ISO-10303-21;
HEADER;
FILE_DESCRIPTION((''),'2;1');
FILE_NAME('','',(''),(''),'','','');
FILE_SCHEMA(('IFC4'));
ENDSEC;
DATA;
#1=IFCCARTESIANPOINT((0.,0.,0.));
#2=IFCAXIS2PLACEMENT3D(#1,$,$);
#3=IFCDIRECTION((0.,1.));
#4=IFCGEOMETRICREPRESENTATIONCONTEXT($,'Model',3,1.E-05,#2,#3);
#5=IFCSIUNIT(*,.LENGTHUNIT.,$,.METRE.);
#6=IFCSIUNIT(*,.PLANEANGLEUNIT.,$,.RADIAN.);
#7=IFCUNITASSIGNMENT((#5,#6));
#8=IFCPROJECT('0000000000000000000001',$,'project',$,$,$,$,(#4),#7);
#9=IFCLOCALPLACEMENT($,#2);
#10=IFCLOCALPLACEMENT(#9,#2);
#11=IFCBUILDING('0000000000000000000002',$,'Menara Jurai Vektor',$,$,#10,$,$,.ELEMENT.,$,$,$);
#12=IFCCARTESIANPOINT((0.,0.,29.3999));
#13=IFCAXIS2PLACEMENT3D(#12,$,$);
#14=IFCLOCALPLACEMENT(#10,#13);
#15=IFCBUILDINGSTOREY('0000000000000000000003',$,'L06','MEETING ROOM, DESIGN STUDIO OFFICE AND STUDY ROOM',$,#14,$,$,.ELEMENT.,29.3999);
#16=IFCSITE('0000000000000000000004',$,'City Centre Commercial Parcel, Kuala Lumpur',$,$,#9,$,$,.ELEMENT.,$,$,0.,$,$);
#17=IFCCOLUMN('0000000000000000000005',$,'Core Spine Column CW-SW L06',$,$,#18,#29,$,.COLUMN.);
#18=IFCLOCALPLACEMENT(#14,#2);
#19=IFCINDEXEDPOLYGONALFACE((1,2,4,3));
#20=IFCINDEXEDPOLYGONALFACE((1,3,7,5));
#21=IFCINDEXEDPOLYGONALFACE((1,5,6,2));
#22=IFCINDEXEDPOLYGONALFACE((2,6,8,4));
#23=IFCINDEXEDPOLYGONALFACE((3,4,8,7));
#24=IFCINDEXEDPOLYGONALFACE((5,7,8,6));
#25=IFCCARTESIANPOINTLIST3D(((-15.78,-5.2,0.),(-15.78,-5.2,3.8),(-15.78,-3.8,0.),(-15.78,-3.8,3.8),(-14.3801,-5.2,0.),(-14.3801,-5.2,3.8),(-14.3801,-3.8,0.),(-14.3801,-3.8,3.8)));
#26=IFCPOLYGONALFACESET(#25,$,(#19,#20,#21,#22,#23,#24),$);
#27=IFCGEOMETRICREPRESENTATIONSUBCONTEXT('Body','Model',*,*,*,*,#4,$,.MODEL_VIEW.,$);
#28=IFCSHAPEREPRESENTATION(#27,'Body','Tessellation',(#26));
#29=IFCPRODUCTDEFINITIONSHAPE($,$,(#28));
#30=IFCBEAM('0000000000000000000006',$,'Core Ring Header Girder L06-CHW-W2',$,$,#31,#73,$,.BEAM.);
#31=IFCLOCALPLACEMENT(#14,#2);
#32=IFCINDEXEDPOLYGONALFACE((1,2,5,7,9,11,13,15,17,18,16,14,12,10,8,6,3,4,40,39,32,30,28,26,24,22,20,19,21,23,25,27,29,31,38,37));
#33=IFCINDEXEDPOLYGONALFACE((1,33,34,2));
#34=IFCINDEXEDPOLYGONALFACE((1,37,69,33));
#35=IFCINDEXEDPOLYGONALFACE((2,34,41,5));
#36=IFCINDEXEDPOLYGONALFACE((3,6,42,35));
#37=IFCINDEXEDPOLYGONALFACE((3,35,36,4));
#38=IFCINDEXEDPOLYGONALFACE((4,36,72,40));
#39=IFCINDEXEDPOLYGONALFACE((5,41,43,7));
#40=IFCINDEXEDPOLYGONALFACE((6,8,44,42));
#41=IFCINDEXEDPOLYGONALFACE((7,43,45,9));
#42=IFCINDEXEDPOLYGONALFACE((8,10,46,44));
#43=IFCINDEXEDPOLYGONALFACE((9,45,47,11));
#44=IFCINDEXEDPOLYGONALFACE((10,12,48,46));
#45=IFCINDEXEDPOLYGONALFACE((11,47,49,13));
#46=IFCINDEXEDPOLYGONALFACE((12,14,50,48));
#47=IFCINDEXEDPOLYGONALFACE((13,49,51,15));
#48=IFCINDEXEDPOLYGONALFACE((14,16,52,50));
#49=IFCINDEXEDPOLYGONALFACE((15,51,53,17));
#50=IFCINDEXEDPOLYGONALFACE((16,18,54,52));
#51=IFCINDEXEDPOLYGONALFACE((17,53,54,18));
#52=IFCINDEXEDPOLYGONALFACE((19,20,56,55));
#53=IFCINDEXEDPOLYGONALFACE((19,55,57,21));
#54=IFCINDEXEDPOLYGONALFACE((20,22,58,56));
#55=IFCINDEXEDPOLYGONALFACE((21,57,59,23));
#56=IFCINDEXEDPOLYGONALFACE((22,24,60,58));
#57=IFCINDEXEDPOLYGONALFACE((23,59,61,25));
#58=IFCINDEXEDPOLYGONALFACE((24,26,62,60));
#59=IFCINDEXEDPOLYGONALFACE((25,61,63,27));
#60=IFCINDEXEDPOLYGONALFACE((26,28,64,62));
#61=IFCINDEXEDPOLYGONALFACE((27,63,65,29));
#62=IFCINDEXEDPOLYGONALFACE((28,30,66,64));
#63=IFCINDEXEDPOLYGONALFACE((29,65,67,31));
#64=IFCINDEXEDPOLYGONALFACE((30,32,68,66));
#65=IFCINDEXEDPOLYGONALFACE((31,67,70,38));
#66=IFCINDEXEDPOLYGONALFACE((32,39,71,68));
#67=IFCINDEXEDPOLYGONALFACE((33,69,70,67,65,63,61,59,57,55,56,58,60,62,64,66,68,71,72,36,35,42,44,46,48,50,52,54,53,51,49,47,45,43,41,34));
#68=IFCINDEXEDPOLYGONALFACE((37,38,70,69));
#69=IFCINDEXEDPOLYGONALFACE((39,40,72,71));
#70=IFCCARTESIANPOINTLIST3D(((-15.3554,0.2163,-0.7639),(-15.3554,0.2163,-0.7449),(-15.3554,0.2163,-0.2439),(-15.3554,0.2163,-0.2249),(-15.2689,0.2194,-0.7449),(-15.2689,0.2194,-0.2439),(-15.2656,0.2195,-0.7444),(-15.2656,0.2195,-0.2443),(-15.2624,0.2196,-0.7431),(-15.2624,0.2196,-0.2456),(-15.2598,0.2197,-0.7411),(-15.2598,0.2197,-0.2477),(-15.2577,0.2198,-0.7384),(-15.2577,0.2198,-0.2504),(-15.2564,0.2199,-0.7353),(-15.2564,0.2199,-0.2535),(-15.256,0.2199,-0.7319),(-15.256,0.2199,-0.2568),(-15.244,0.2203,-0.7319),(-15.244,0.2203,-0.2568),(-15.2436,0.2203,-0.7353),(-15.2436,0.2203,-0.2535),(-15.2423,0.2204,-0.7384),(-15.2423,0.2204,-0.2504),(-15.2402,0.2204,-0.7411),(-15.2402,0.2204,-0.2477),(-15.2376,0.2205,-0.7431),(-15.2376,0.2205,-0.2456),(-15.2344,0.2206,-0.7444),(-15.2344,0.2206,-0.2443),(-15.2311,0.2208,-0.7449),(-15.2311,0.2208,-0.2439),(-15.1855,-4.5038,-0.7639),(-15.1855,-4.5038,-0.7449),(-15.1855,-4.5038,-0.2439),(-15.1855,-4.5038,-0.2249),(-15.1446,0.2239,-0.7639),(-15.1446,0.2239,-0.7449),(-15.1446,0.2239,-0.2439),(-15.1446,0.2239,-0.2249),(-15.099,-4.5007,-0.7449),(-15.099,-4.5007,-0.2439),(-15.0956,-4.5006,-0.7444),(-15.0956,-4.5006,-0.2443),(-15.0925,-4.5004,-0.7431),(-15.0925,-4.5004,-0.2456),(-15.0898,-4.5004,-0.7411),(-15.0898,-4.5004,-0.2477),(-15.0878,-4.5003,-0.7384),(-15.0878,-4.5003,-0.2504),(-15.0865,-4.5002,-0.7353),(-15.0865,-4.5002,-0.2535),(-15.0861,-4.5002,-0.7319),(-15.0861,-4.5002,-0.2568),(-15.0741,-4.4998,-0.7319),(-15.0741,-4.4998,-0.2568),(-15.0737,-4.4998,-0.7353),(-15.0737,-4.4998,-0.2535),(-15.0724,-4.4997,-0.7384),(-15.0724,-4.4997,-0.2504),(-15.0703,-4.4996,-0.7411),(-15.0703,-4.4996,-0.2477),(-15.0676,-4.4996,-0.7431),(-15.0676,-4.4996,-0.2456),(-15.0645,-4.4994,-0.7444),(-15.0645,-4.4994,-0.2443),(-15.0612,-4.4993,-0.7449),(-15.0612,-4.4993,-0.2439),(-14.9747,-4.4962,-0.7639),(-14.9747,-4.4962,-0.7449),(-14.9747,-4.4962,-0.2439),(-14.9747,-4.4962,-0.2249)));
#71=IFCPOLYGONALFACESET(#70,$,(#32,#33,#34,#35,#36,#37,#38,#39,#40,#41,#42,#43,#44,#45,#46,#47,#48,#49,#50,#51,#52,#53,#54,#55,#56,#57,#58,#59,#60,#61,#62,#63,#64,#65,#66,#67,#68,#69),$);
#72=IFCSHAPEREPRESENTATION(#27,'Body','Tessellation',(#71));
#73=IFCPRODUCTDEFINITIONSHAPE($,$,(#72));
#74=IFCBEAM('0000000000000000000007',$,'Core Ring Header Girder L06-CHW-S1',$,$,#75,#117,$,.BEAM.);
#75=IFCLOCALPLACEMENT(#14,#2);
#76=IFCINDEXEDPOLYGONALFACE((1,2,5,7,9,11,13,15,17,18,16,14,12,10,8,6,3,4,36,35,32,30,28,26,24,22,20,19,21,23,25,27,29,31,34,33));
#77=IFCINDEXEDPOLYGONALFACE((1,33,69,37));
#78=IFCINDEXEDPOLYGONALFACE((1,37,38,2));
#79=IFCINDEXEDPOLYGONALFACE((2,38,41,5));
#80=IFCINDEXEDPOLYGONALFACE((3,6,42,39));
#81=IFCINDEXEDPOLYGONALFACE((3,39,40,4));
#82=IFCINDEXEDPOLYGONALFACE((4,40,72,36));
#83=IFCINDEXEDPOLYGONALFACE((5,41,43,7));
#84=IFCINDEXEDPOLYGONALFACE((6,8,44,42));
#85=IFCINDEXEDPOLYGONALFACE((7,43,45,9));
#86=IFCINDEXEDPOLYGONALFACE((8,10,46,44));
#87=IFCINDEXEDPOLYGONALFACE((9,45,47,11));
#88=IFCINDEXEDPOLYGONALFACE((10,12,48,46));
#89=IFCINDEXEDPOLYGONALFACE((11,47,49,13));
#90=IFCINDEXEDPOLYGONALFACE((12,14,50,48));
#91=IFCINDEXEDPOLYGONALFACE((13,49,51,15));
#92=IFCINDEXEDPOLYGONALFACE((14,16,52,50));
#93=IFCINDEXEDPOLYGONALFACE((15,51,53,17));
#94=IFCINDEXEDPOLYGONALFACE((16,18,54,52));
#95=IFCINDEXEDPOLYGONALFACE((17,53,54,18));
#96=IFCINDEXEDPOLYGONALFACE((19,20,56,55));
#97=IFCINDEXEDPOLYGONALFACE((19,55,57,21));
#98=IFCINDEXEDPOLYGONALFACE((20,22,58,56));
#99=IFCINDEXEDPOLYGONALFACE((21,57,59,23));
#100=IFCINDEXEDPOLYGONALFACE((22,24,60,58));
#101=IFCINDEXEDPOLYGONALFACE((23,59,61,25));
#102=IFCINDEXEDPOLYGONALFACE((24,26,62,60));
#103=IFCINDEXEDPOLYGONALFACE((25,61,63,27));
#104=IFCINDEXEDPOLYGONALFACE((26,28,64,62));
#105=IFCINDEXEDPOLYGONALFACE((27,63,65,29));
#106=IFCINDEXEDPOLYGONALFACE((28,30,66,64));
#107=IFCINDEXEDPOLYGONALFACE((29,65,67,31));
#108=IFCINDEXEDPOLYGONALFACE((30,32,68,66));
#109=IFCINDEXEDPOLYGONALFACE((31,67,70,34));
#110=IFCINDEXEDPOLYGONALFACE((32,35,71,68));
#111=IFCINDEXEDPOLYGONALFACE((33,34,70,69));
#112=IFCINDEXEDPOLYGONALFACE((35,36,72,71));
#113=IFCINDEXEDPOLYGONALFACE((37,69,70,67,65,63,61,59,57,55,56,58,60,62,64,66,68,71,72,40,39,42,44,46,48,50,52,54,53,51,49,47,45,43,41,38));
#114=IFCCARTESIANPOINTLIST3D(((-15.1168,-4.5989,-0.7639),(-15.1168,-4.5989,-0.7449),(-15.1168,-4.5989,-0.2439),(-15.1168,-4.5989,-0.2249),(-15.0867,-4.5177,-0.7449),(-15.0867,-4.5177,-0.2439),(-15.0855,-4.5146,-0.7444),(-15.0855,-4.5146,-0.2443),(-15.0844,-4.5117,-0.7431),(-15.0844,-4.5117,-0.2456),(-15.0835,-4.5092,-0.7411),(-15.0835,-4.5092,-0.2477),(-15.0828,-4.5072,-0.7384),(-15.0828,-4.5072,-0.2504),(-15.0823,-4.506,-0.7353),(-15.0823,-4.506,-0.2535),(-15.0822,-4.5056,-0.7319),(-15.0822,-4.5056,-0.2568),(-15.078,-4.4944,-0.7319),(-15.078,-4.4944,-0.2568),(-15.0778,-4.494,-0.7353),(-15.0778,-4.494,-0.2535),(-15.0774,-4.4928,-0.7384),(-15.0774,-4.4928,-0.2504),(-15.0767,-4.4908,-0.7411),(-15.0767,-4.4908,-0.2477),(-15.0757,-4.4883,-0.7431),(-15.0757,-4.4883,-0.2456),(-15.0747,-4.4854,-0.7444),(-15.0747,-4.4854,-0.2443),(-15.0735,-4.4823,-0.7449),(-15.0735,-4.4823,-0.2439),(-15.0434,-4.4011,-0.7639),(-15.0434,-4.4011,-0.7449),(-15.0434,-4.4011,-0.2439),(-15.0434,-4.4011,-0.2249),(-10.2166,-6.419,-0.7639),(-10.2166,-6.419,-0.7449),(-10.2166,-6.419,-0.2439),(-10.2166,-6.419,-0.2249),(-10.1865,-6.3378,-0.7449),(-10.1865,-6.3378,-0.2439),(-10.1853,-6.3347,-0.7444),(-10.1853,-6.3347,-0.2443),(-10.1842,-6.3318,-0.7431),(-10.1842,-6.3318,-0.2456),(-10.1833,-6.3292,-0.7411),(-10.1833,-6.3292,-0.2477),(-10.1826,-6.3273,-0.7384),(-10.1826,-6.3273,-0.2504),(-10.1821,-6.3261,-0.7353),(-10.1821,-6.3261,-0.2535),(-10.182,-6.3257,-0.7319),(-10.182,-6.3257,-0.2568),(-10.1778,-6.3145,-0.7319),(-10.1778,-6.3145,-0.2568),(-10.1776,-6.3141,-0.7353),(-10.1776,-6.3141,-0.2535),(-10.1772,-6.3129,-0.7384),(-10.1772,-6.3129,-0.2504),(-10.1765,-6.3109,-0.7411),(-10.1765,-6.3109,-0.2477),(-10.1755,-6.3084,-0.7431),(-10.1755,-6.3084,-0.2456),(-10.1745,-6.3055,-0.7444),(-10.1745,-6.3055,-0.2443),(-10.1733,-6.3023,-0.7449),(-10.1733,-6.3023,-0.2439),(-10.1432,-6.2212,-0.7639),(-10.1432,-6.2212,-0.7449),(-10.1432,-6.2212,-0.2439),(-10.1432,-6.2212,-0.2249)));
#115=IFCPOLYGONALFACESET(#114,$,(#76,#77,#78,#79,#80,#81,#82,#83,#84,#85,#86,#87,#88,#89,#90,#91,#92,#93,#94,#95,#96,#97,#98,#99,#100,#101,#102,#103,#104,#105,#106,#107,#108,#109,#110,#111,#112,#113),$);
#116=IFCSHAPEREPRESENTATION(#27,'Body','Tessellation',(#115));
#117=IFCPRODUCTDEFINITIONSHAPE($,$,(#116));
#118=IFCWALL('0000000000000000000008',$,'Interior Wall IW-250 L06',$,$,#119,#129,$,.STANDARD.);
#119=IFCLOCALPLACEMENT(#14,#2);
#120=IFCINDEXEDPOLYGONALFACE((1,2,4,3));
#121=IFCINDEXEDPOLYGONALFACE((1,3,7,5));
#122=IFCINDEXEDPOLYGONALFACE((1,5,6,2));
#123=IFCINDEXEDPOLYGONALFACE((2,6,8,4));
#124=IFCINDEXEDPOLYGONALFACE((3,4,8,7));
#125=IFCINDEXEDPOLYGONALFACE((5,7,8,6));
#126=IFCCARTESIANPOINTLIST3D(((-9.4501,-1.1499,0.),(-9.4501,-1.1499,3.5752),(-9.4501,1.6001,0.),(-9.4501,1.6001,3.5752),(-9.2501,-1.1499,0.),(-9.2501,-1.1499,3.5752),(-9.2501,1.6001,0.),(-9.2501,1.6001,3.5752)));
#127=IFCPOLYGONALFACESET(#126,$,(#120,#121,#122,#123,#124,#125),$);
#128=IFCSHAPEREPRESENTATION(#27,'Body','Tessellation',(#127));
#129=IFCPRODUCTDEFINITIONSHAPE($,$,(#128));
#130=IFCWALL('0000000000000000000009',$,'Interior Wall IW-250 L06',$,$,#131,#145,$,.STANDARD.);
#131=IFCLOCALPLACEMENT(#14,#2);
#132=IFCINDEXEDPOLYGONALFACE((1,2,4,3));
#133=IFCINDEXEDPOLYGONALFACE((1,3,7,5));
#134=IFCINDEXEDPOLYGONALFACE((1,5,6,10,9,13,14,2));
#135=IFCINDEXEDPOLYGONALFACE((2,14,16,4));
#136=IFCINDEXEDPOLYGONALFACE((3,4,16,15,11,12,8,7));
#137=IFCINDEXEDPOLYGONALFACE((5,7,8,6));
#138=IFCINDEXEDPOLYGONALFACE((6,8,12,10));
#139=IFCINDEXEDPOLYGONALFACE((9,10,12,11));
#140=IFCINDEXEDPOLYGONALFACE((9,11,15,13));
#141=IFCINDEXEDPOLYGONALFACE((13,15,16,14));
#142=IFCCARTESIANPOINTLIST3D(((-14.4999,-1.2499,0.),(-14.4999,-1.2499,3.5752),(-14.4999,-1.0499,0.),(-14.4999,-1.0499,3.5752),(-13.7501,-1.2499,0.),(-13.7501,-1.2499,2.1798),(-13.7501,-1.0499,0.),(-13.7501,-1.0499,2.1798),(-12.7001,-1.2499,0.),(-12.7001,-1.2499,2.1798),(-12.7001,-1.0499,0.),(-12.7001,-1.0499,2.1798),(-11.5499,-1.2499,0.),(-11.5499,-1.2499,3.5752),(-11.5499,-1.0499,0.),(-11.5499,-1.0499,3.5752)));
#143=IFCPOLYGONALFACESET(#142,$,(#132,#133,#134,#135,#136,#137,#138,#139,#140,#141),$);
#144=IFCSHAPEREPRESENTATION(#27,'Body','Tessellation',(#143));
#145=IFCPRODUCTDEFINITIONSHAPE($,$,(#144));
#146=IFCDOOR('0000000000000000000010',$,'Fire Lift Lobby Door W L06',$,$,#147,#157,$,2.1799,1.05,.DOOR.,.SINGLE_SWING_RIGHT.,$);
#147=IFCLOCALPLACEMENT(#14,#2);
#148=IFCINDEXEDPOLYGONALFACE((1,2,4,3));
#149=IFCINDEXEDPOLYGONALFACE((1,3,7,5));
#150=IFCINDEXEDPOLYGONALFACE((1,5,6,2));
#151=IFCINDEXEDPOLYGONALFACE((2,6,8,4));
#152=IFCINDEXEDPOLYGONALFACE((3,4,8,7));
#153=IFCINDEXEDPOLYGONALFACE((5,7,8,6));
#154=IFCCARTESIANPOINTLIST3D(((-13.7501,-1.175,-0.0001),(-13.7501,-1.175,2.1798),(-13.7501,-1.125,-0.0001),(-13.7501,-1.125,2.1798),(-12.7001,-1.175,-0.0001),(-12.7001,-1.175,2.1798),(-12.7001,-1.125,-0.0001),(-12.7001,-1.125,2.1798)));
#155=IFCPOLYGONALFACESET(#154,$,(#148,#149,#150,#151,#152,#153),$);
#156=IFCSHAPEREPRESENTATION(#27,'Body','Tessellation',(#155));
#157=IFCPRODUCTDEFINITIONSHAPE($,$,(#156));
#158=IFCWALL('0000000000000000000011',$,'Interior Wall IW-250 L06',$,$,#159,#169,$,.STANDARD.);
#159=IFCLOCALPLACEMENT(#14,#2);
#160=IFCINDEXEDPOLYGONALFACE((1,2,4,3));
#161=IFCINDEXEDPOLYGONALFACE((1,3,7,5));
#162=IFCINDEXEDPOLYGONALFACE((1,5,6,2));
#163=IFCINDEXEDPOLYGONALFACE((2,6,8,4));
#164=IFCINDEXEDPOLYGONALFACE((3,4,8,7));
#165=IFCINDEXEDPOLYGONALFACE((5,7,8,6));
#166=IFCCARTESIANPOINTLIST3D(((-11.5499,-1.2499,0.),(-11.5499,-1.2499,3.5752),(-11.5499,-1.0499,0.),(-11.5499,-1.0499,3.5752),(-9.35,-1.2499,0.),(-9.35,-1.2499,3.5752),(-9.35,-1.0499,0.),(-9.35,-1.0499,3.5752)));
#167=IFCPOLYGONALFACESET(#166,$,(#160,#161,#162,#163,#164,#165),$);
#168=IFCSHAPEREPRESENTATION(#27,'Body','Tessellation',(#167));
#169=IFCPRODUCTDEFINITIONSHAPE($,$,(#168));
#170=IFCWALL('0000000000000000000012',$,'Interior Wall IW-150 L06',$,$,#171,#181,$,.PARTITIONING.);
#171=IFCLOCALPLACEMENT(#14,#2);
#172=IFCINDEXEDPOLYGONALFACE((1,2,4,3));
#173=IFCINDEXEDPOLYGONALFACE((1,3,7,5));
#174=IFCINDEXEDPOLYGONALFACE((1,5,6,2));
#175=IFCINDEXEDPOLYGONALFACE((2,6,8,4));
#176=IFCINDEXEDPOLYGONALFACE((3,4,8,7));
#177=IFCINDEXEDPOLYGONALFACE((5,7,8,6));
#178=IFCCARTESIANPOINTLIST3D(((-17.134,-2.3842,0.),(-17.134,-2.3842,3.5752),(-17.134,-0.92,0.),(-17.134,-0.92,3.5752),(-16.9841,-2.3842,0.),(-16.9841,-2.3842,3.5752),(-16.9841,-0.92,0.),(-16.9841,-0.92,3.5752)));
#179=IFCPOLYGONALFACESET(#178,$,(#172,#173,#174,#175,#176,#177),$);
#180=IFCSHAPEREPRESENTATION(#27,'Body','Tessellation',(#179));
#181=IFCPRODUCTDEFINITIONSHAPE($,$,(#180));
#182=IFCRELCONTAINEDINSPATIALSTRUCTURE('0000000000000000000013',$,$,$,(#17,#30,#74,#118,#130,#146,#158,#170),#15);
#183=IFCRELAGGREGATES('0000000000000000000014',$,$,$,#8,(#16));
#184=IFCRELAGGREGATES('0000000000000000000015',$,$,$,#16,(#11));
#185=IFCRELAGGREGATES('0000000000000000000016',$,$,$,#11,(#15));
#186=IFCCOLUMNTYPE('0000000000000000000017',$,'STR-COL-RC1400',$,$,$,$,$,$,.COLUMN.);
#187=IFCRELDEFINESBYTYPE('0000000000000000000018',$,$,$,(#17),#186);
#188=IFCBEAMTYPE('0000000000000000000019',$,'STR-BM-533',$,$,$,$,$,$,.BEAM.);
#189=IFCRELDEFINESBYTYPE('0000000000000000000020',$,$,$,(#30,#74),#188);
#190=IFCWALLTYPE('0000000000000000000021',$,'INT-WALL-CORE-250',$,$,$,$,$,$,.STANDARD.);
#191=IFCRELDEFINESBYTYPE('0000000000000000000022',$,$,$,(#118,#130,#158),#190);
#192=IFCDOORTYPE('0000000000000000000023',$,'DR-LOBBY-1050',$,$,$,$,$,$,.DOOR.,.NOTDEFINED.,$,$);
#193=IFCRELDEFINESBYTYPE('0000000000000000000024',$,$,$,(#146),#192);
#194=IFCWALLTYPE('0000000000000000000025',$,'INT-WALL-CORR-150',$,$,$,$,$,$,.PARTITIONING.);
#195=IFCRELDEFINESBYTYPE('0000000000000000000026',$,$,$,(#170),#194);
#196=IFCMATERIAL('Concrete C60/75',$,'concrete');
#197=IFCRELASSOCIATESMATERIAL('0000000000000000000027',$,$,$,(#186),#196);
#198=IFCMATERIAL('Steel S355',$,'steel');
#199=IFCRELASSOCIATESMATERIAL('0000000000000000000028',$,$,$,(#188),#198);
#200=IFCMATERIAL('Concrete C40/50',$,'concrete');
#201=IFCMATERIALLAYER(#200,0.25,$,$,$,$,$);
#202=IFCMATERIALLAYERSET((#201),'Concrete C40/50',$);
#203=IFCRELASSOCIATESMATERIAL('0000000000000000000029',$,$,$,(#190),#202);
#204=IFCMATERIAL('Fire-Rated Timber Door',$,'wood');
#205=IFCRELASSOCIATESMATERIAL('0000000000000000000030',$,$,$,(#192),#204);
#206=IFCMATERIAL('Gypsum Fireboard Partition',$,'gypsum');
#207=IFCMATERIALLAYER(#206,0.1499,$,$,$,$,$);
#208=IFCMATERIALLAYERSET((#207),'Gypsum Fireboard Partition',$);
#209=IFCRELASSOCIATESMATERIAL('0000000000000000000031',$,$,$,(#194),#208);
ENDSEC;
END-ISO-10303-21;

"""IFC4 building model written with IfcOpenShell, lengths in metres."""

from ifc_helpers import new_model, si_unit, direction, frame, frame_2d, origin, origin_2d, place, context, subcontext, project, spatial, rectangle, i_section, extrude, material, layer, layer_set, material_profile, profile_set, type_object, element, fill, save


model = new_model("IFC4")

# Units and contexts
model_context = context("Model", 3, precision=1e-05, world=origin(), true_north=direction((0.0, 1.0)))
body_context = subcontext(model_context, "Body", "Model", "MODEL_VIEW")
ifc_project = project(units=[si_unit("LENGTHUNIT", "METRE"), si_unit("PLANEANGLEUNIT", "RADIAN")], contexts=[model_context])

# Site, building, storey
site_placement = place(None, origin())
site = spatial("IfcSite", under=ifc_project, at=site_placement, Name="City Centre Commercial Parcel, Kuala Lumpur", CompositionType="ELEMENT", RefElevation=0.0)
building_placement = place(site_placement, origin())
building = spatial("IfcBuilding", under=site, at=building_placement, Name="Menara Jurai Vektor", CompositionType="ELEMENT")
storey_placement = place(building_placement, frame((0.0, 0.0, 29.3999)))
storey = spatial("IfcBuildingStorey", under=building, at=storey_placement, Name="L06", Description="MEETING ROOM, DESIGN STUDIO OFFICE AND STUDY ROOM", CompositionType="ELEMENT", Elevation=29.3999)

# Column
ifc_material_1 = material(Name="Concrete C60/75", Category="concrete")
ifc_material_profile_1 = material_profile(ifc_material_1, rectangle(XDim=1.3999, YDim=1.3999, at=origin_2d()), Name="RC 1400x1400")
ifc_profile_set_1 = profile_set([ifc_material_profile_1], Name="Concrete C60/75")
column_type = type_object("IfcColumnType", Name="STR-COL-RC1400", PredefinedType="COLUMN", material=ifc_profile_set_1)
column_placement = place(storey_placement, frame((-15.0801, -4.5, 0.0), z_axis=(0.0, 0.0, 1.0), x_axis=(1.0, 0.0, 0.0)))
element("IfcColumn", 1, at=column_placement, inside=storey, type_object=column_type, Name="Core Spine Column CW-SW L06", PredefinedType="COLUMN", context=body_context, shape_type="SweptSolid", body=[
    extrude(rectangle(XDim=1.3999, YDim=1.3999, at=origin_2d()), origin(), (0.0, 0.0, 1.0), 3.8),
])

# Beams
ifc_material_2 = material(Name="Steel S355", Category="steel")
ifc_material_profile_2 = material_profile(ifc_material_2, i_section(OverallWidth=0.2109, OverallDepth=0.5391, WebThickness=0.012, FlangeThickness=0.019, FilletRadius=0.0129, at=origin_2d()), Name="UKB 533x210x109")
ifc_profile_set_2 = profile_set([ifc_material_profile_2], Name="Steel S355")
beam_type = type_object("IfcBeamType", Name="STR-BM-533", PredefinedType="BEAM", material=ifc_profile_set_2)
beam_1_placement = place(storey_placement, frame((-15.0801, -4.5, -0.4944), z_axis=(-0.035977, 0.999353, 0.0), x_axis=(-0.999353, -0.035977, 0.0)))
element("IfcBeam", 2, at=beam_1_placement, inside=storey, type_object=beam_type, Name="Core Ring Header Girder L06-CHW-W2", PredefinedType="BEAM", context=body_context, shape_type="SweptSolid", body=[
    extrude(i_section(OverallWidth=0.2109, OverallDepth=0.5391, WebThickness=0.012, FlangeThickness=0.019, FilletRadius=0.0129, at=origin_2d()), origin(), (0.0, 0.0, 1.0), 4.7231),
])
beam_2_placement = place(storey_placement, frame((-15.0801, -4.5, -0.4944), z_axis=(0.937424, -0.348189, 0.0), x_axis=(0.348189, 0.937424, 0.0)))
element("IfcBeam", 3, at=beam_2_placement, inside=storey, type_object=beam_type, Name="Core Ring Header Girder L06-CHW-S1", PredefinedType="BEAM", context=body_context, shape_type="SweptSolid", body=[
    extrude(i_section(OverallWidth=0.2109, OverallDepth=0.5391, WebThickness=0.012, FlangeThickness=0.019, FilletRadius=0.0129, at=origin_2d()), origin(), (0.0, 0.0, 1.0), 5.2273),
])

# Shared definitions
ifc_material_3 = material(Name="Concrete C40/50", Category="concrete")
ifc_layer_1 = layer(ifc_material_3, 0.25)
ifc_layer_set_1 = layer_set([ifc_layer_1], Name="Concrete C40/50")
wall_type_1 = type_object("IfcWallType", Name="INT-WALL-CORE-250", PredefinedType="STANDARD", material=ifc_layer_set_1)

# Wall
wall_1_placement = place(storey_placement, frame((-9.3501, -1.1499, 0.0), z_axis=(0.0, 0.0, 1.0), x_axis=(0.0, 1.0, 0.0)))
element("IfcWall", 4, at=wall_1_placement, inside=storey, type_object=wall_type_1, Name="Interior Wall IW-250 L06", PredefinedType="STANDARD", context=body_context, shape_type="SweptSolid", body=[
    extrude(rectangle(XDim=2.75, YDim=0.2, at=frame_2d((1.375, 0.0))), origin(), (0.0, 0.0, 1.0), 3.5752),
])

# Wall, opening, door
wall_2_placement = place(storey_placement, frame((-14.5, -1.1499, 0.0), z_axis=(0.0, 0.0, 1.0), x_axis=(1.0, 0.0, 0.0)))
wall_2 = element("IfcWall", 5, at=wall_2_placement, inside=storey, type_object=wall_type_1, Name="Interior Wall IW-250 L06", PredefinedType="STANDARD", context=body_context, shape_type="SweptSolid", body=[
    extrude(rectangle(XDim=2.95, YDim=0.2, at=frame_2d((1.4751, 0.0))), origin(), (0.0, 0.0, 1.0), 3.5752),
])
opening_1_placement = place(wall_2_placement, frame((0.75, 0.0, 0.0)))
opening_1 = element("IfcOpeningElement", 6, at=opening_1_placement, cuts=wall_2, PredefinedType="OPENING", context=body_context, shape_type="SweptSolid", body=[
    extrude(rectangle(XDim=1.05, YDim=2.1799, at=frame_2d((0.5249, 1.0898))), frame((0.0, 0.1099, 0.0), z_axis=(0.0, -1.0, 0.0), x_axis=(1.0, 0.0, 0.0)), (0.0, 0.0, 1.0), 0.22),
])
ifc_material_4 = material(Name="Fire-Rated Timber Door", Category="wood")
door_type_1 = type_object("IfcDoorType", Name="DR-LOBBY-1050", OperationType="NOTDEFINED", PredefinedType="DOOR", material=ifc_material_4)
door_1_placement = place(opening_1_placement, origin())
door_1 = element("IfcDoor", 7, at=door_1_placement, inside=storey, type_object=door_type_1, Name="Fire Lift Lobby Door W L06", OperationType="SINGLE_SWING_RIGHT", OverallHeight=2.1799, OverallWidth=1.05, PredefinedType="DOOR", context=body_context, shape_type="SweptSolid", body=[
    extrude(rectangle(XDim=1.05, YDim=2.1799, at=frame_2d((0.5249, 1.0898))), frame((0.0, 0.0249, 0.0), z_axis=(0.0, -1.0, 0.0), x_axis=(1.0, 0.0, 0.0)), (0.0, 0.0, 1.0), 0.05),
])
fill(opening_1, door_1)

# Walls
wall_3_placement = place(storey_placement, frame((-11.55, -1.1499, 0.0), z_axis=(0.0, 0.0, 1.0), x_axis=(1.0, 0.0, 0.0)))
element("IfcWall", 8, at=wall_3_placement, inside=storey, type_object=wall_type_1, Name="Interior Wall IW-250 L06", PredefinedType="STANDARD", context=body_context, shape_type="SweptSolid", body=[
    extrude(rectangle(XDim=2.2, YDim=0.2, at=frame_2d((1.1001, 0.0))), origin(), (0.0, 0.0, 1.0), 3.5752),
])
ifc_material_5 = material(Name="Gypsum Fireboard Partition", Category="gypsum")
ifc_layer_2 = layer(ifc_material_5, 0.1499)
ifc_layer_set_2 = layer_set([ifc_layer_2], Name="Gypsum Fireboard Partition")
wall_type_2 = type_object("IfcWallType", Name="INT-WALL-CORR-150", PredefinedType="PARTITIONING", material=ifc_layer_set_2)
wall_4_placement = place(storey_placement, frame((-17.0591, -2.384, 0.0), z_axis=(0.0, 0.0, 1.0), x_axis=(0.0, 1.0, 0.0)))
element("IfcWall", 9, at=wall_4_placement, inside=storey, type_object=wall_type_2, Name="Interior Wall IW-150 L06", PredefinedType="PARTITIONING", context=body_context, shape_type="SweptSolid", body=[
    extrude(rectangle(XDim=1.4641, YDim=0.1499, at=frame_2d((0.7319, 0.0))), origin(), (0.0, 0.0, 1.0), 3.5752),
])

save(model, "model.ifc")
